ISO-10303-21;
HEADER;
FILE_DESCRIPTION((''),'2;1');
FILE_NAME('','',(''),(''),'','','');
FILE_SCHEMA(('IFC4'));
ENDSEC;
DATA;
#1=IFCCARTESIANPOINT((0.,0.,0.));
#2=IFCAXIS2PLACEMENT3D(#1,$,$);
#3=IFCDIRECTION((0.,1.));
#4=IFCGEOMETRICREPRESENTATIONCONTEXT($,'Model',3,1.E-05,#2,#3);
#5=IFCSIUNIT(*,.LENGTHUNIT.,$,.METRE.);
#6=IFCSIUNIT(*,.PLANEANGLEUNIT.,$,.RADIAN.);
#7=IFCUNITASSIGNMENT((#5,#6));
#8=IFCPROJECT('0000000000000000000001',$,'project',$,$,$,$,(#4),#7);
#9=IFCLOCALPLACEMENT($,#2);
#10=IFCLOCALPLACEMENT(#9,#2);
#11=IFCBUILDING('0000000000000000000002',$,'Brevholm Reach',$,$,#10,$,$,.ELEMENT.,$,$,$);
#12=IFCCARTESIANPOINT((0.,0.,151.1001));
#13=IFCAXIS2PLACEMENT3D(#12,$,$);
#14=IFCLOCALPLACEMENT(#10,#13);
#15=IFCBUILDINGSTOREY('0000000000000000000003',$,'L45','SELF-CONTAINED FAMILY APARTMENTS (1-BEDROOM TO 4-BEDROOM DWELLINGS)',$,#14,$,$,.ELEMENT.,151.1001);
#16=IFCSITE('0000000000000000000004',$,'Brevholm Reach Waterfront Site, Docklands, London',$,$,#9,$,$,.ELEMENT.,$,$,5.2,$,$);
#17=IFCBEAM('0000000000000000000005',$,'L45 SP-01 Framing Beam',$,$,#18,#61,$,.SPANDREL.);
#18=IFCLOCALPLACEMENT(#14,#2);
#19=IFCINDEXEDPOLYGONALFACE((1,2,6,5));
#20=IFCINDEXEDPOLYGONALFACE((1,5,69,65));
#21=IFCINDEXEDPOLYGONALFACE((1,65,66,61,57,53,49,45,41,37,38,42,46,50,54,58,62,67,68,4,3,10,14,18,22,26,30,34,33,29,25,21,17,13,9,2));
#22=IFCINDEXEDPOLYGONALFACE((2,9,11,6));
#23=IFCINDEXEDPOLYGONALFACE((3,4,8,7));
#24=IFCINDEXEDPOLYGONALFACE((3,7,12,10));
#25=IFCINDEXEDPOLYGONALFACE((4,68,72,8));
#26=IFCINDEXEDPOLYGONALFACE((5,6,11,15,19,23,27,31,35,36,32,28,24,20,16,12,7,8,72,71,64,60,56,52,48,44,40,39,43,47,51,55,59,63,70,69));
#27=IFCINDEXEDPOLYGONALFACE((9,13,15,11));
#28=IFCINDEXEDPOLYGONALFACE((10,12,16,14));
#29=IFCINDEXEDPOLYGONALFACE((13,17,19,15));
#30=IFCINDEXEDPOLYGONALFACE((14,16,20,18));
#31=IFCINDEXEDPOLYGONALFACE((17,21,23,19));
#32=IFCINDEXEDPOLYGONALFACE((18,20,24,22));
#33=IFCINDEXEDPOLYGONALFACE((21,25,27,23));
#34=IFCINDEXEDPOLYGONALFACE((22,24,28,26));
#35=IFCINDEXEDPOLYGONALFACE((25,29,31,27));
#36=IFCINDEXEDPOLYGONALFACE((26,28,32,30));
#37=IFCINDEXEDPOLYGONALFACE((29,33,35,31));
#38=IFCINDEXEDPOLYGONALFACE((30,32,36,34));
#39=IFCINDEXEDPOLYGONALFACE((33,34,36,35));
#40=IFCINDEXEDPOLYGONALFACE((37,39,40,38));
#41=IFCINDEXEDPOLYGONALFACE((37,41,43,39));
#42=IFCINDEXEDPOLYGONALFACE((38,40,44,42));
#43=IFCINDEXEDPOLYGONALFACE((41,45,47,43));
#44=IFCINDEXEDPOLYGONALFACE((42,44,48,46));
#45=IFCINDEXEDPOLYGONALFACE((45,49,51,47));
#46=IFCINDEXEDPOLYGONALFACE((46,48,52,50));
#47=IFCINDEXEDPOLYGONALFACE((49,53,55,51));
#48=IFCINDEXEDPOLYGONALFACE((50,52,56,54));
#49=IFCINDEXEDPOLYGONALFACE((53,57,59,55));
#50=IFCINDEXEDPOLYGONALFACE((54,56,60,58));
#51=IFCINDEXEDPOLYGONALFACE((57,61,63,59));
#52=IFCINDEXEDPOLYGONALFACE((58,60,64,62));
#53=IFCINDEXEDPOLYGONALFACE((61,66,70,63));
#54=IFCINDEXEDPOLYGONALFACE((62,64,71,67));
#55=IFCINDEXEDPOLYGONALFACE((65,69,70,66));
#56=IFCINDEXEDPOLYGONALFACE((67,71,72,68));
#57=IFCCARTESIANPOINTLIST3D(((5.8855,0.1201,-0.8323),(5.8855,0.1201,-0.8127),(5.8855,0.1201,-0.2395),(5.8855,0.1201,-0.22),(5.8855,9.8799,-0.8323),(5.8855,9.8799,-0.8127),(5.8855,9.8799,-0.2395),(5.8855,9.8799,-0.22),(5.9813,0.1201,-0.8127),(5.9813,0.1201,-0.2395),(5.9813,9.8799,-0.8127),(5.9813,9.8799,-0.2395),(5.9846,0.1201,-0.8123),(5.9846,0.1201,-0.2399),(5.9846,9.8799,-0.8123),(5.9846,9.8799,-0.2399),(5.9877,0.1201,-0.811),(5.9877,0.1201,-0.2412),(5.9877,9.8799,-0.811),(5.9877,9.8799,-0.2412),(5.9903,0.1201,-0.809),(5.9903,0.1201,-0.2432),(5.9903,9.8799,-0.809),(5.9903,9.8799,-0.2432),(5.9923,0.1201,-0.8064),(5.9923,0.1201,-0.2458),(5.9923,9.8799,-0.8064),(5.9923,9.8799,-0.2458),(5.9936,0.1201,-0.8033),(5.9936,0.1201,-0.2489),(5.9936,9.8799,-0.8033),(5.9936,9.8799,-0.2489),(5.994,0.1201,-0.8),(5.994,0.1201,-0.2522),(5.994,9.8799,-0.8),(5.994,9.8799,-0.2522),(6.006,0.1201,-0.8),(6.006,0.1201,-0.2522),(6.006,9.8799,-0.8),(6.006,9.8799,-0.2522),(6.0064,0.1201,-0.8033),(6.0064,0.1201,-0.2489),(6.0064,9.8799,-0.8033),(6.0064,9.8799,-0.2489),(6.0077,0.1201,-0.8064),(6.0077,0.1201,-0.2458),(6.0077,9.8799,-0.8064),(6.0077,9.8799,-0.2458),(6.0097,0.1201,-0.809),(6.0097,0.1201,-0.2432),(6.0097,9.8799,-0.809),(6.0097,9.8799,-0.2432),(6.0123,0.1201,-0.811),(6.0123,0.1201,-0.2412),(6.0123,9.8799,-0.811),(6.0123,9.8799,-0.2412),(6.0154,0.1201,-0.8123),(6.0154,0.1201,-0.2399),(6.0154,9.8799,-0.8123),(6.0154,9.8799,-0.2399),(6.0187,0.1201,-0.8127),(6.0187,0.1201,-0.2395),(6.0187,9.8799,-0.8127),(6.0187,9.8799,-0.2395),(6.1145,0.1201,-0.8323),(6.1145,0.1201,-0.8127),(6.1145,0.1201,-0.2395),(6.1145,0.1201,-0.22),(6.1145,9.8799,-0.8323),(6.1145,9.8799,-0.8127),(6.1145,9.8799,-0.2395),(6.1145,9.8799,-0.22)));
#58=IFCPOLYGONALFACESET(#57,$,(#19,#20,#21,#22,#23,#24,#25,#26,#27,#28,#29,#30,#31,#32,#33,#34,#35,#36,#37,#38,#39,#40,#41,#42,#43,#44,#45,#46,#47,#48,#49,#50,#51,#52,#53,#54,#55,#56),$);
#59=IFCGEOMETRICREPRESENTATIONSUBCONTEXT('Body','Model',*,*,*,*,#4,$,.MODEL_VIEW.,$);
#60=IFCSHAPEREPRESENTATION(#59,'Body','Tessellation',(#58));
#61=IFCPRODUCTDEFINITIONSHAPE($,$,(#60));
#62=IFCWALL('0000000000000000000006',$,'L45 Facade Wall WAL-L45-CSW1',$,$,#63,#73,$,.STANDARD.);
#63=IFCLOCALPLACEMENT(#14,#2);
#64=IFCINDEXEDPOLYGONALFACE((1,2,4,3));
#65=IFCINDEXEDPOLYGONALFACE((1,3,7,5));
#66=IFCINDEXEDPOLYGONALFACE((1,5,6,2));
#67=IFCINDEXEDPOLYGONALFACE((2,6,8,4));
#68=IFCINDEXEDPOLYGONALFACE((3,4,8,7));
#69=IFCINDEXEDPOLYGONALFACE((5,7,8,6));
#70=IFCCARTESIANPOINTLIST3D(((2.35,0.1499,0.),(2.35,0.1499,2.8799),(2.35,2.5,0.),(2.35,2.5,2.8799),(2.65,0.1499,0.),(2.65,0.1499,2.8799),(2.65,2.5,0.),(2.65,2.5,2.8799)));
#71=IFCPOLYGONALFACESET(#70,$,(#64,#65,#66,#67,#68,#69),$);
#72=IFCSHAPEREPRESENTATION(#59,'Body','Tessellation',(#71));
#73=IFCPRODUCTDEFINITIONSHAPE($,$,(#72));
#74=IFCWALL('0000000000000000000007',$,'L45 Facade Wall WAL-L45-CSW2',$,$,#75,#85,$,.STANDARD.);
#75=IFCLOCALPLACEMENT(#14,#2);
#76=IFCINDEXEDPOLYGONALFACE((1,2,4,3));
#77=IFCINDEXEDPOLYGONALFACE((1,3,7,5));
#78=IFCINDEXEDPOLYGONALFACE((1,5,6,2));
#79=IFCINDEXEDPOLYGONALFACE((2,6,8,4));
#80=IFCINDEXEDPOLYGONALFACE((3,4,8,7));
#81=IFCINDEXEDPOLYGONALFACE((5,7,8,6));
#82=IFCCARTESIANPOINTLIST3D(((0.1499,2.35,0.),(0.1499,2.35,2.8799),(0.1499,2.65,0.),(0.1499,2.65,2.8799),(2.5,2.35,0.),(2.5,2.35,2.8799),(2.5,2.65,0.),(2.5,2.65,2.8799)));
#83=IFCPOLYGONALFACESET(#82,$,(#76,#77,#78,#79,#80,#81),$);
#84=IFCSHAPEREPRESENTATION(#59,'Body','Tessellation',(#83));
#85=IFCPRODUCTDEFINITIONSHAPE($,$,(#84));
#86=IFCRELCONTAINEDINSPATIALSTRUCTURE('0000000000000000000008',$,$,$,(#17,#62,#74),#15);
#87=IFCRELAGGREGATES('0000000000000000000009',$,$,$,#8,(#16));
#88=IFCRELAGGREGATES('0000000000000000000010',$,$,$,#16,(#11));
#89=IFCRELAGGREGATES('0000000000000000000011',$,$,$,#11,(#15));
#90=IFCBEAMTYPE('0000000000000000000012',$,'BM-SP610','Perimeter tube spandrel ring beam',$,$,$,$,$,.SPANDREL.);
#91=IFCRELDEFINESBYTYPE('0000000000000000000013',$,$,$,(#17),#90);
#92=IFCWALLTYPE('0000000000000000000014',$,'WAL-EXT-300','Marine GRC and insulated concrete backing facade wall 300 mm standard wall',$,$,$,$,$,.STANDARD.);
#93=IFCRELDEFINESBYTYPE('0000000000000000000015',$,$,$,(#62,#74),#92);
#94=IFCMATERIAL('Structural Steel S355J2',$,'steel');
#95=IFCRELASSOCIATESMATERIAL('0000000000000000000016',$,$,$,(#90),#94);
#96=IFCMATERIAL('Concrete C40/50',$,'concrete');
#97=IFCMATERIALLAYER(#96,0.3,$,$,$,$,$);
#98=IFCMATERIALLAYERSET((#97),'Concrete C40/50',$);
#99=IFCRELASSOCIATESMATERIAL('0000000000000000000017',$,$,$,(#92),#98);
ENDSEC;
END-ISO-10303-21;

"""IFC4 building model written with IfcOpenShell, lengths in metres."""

from ifc_helpers import new_model, si_unit, direction, frame, frame_2d, origin, origin_2d, place, context, subcontext, project, spatial, rectangle, i_section, extrude, material, layer, layer_set, material_profile, profile_set, type_object, element, save


model = new_model("IFC4")

# Units and contexts
model_context = context("Model", 3, precision=1e-05, world=origin(), true_north=direction((0.0, 1.0)))
body_context = subcontext(model_context, "Body", "Model", "MODEL_VIEW")
ifc_project = project(units=[si_unit("LENGTHUNIT", "METRE"), si_unit("PLANEANGLEUNIT", "RADIAN")], contexts=[model_context])

# Site, building, storey
site_placement = place(None, origin())
site = spatial("IfcSite", under=ifc_project, at=site_placement, Name="Brevholm Reach Waterfront Site, Docklands, London", CompositionType="ELEMENT", RefElevation=5.2)
building_placement = place(site_placement, origin())
building = spatial("IfcBuilding", under=site, at=building_placement, Name="Brevholm Reach", CompositionType="ELEMENT")
storey_placement = place(building_placement, frame((0.0, 0.0, 151.1001)))
storey = spatial("IfcBuildingStorey", under=building, at=storey_placement, Name="L45", Description="SELF-CONTAINED FAMILY APARTMENTS (1-BEDROOM TO 4-BEDROOM DWELLINGS)", CompositionType="ELEMENT", Elevation=151.1001)

# Beam
ifc_material_1 = material(Name="Structural Steel S355J2", Category="steel")
ifc_material_profile_1 = material_profile(ifc_material_1, i_section(OverallWidth=0.229, OverallDepth=0.6123, WebThickness=0.012, FlangeThickness=0.0195, FilletRadius=0.0127, at=origin_2d()), Name="UKB 610x229x125")
ifc_profile_set_1 = profile_set([ifc_material_profile_1], Name="Structural Steel S355J2")
beam_type_1 = type_object("IfcBeamType", Name="BM-SP610", Description="Perimeter tube spandrel ring beam", PredefinedType="SPANDREL", material=ifc_profile_set_1)
beam_1_placement = place(storey_placement, frame((6.0, 0.1201, -0.5261), z_axis=(0.0, 1.0, 0.0), x_axis=(-1.0, 0.0, 0.0)))
element("IfcBeam", 1, at=beam_1_placement, inside=storey, type_object=beam_type_1, Name="L45 SP-01 Framing Beam", PredefinedType="SPANDREL", context=body_context, shape_type="SweptSolid", body=[
    extrude(i_section(OverallWidth=0.229, OverallDepth=0.6123, WebThickness=0.012, FlangeThickness=0.0195, FilletRadius=0.0127, at=origin_2d()), origin(), (0.0, 0.0, 1.0), 9.7598),
])

# Walls
ifc_material_2 = material(Name="Concrete C40/50", Category="concrete")
ifc_layer_1 = layer(ifc_material_2, 0.3)
ifc_layer_set_1 = layer_set([ifc_layer_1], Name="Concrete C40/50")
wall_type_1 = type_object("IfcWallType", Name="WAL-EXT-300", Description="Marine GRC and insulated concrete backing facade wall 300 mm standard wall", PredefinedType="STANDARD", material=ifc_layer_set_1)
for number, where, z_axis, x_axis, name in (
    (2, (2.5, 2.5, 0.0), (0.0, 0.0, 1.0), (0.0, -1.0, 0.0), "L45 Facade Wall WAL-L45-CSW1"),
    (3, (0.1499, 2.5, 0.0), (0.0, 0.0, 1.0), (1.0, 0.0, 0.0), "L45 Facade Wall WAL-L45-CSW2"),
):
    element("IfcWall", number, at=place(storey_placement, frame(where, z_axis=z_axis, x_axis=x_axis)), inside=storey, type_object=wall_type_1, Name=name, PredefinedType="STANDARD", context=body_context, shape_type="SweptSolid", body=[
        extrude(rectangle(XDim=2.3501, YDim=0.3, at=frame_2d((1.175, 0.0))), origin(), (0.0, 0.0, 1.0), 2.8799),
    ])

save(model, "model.ifc")
